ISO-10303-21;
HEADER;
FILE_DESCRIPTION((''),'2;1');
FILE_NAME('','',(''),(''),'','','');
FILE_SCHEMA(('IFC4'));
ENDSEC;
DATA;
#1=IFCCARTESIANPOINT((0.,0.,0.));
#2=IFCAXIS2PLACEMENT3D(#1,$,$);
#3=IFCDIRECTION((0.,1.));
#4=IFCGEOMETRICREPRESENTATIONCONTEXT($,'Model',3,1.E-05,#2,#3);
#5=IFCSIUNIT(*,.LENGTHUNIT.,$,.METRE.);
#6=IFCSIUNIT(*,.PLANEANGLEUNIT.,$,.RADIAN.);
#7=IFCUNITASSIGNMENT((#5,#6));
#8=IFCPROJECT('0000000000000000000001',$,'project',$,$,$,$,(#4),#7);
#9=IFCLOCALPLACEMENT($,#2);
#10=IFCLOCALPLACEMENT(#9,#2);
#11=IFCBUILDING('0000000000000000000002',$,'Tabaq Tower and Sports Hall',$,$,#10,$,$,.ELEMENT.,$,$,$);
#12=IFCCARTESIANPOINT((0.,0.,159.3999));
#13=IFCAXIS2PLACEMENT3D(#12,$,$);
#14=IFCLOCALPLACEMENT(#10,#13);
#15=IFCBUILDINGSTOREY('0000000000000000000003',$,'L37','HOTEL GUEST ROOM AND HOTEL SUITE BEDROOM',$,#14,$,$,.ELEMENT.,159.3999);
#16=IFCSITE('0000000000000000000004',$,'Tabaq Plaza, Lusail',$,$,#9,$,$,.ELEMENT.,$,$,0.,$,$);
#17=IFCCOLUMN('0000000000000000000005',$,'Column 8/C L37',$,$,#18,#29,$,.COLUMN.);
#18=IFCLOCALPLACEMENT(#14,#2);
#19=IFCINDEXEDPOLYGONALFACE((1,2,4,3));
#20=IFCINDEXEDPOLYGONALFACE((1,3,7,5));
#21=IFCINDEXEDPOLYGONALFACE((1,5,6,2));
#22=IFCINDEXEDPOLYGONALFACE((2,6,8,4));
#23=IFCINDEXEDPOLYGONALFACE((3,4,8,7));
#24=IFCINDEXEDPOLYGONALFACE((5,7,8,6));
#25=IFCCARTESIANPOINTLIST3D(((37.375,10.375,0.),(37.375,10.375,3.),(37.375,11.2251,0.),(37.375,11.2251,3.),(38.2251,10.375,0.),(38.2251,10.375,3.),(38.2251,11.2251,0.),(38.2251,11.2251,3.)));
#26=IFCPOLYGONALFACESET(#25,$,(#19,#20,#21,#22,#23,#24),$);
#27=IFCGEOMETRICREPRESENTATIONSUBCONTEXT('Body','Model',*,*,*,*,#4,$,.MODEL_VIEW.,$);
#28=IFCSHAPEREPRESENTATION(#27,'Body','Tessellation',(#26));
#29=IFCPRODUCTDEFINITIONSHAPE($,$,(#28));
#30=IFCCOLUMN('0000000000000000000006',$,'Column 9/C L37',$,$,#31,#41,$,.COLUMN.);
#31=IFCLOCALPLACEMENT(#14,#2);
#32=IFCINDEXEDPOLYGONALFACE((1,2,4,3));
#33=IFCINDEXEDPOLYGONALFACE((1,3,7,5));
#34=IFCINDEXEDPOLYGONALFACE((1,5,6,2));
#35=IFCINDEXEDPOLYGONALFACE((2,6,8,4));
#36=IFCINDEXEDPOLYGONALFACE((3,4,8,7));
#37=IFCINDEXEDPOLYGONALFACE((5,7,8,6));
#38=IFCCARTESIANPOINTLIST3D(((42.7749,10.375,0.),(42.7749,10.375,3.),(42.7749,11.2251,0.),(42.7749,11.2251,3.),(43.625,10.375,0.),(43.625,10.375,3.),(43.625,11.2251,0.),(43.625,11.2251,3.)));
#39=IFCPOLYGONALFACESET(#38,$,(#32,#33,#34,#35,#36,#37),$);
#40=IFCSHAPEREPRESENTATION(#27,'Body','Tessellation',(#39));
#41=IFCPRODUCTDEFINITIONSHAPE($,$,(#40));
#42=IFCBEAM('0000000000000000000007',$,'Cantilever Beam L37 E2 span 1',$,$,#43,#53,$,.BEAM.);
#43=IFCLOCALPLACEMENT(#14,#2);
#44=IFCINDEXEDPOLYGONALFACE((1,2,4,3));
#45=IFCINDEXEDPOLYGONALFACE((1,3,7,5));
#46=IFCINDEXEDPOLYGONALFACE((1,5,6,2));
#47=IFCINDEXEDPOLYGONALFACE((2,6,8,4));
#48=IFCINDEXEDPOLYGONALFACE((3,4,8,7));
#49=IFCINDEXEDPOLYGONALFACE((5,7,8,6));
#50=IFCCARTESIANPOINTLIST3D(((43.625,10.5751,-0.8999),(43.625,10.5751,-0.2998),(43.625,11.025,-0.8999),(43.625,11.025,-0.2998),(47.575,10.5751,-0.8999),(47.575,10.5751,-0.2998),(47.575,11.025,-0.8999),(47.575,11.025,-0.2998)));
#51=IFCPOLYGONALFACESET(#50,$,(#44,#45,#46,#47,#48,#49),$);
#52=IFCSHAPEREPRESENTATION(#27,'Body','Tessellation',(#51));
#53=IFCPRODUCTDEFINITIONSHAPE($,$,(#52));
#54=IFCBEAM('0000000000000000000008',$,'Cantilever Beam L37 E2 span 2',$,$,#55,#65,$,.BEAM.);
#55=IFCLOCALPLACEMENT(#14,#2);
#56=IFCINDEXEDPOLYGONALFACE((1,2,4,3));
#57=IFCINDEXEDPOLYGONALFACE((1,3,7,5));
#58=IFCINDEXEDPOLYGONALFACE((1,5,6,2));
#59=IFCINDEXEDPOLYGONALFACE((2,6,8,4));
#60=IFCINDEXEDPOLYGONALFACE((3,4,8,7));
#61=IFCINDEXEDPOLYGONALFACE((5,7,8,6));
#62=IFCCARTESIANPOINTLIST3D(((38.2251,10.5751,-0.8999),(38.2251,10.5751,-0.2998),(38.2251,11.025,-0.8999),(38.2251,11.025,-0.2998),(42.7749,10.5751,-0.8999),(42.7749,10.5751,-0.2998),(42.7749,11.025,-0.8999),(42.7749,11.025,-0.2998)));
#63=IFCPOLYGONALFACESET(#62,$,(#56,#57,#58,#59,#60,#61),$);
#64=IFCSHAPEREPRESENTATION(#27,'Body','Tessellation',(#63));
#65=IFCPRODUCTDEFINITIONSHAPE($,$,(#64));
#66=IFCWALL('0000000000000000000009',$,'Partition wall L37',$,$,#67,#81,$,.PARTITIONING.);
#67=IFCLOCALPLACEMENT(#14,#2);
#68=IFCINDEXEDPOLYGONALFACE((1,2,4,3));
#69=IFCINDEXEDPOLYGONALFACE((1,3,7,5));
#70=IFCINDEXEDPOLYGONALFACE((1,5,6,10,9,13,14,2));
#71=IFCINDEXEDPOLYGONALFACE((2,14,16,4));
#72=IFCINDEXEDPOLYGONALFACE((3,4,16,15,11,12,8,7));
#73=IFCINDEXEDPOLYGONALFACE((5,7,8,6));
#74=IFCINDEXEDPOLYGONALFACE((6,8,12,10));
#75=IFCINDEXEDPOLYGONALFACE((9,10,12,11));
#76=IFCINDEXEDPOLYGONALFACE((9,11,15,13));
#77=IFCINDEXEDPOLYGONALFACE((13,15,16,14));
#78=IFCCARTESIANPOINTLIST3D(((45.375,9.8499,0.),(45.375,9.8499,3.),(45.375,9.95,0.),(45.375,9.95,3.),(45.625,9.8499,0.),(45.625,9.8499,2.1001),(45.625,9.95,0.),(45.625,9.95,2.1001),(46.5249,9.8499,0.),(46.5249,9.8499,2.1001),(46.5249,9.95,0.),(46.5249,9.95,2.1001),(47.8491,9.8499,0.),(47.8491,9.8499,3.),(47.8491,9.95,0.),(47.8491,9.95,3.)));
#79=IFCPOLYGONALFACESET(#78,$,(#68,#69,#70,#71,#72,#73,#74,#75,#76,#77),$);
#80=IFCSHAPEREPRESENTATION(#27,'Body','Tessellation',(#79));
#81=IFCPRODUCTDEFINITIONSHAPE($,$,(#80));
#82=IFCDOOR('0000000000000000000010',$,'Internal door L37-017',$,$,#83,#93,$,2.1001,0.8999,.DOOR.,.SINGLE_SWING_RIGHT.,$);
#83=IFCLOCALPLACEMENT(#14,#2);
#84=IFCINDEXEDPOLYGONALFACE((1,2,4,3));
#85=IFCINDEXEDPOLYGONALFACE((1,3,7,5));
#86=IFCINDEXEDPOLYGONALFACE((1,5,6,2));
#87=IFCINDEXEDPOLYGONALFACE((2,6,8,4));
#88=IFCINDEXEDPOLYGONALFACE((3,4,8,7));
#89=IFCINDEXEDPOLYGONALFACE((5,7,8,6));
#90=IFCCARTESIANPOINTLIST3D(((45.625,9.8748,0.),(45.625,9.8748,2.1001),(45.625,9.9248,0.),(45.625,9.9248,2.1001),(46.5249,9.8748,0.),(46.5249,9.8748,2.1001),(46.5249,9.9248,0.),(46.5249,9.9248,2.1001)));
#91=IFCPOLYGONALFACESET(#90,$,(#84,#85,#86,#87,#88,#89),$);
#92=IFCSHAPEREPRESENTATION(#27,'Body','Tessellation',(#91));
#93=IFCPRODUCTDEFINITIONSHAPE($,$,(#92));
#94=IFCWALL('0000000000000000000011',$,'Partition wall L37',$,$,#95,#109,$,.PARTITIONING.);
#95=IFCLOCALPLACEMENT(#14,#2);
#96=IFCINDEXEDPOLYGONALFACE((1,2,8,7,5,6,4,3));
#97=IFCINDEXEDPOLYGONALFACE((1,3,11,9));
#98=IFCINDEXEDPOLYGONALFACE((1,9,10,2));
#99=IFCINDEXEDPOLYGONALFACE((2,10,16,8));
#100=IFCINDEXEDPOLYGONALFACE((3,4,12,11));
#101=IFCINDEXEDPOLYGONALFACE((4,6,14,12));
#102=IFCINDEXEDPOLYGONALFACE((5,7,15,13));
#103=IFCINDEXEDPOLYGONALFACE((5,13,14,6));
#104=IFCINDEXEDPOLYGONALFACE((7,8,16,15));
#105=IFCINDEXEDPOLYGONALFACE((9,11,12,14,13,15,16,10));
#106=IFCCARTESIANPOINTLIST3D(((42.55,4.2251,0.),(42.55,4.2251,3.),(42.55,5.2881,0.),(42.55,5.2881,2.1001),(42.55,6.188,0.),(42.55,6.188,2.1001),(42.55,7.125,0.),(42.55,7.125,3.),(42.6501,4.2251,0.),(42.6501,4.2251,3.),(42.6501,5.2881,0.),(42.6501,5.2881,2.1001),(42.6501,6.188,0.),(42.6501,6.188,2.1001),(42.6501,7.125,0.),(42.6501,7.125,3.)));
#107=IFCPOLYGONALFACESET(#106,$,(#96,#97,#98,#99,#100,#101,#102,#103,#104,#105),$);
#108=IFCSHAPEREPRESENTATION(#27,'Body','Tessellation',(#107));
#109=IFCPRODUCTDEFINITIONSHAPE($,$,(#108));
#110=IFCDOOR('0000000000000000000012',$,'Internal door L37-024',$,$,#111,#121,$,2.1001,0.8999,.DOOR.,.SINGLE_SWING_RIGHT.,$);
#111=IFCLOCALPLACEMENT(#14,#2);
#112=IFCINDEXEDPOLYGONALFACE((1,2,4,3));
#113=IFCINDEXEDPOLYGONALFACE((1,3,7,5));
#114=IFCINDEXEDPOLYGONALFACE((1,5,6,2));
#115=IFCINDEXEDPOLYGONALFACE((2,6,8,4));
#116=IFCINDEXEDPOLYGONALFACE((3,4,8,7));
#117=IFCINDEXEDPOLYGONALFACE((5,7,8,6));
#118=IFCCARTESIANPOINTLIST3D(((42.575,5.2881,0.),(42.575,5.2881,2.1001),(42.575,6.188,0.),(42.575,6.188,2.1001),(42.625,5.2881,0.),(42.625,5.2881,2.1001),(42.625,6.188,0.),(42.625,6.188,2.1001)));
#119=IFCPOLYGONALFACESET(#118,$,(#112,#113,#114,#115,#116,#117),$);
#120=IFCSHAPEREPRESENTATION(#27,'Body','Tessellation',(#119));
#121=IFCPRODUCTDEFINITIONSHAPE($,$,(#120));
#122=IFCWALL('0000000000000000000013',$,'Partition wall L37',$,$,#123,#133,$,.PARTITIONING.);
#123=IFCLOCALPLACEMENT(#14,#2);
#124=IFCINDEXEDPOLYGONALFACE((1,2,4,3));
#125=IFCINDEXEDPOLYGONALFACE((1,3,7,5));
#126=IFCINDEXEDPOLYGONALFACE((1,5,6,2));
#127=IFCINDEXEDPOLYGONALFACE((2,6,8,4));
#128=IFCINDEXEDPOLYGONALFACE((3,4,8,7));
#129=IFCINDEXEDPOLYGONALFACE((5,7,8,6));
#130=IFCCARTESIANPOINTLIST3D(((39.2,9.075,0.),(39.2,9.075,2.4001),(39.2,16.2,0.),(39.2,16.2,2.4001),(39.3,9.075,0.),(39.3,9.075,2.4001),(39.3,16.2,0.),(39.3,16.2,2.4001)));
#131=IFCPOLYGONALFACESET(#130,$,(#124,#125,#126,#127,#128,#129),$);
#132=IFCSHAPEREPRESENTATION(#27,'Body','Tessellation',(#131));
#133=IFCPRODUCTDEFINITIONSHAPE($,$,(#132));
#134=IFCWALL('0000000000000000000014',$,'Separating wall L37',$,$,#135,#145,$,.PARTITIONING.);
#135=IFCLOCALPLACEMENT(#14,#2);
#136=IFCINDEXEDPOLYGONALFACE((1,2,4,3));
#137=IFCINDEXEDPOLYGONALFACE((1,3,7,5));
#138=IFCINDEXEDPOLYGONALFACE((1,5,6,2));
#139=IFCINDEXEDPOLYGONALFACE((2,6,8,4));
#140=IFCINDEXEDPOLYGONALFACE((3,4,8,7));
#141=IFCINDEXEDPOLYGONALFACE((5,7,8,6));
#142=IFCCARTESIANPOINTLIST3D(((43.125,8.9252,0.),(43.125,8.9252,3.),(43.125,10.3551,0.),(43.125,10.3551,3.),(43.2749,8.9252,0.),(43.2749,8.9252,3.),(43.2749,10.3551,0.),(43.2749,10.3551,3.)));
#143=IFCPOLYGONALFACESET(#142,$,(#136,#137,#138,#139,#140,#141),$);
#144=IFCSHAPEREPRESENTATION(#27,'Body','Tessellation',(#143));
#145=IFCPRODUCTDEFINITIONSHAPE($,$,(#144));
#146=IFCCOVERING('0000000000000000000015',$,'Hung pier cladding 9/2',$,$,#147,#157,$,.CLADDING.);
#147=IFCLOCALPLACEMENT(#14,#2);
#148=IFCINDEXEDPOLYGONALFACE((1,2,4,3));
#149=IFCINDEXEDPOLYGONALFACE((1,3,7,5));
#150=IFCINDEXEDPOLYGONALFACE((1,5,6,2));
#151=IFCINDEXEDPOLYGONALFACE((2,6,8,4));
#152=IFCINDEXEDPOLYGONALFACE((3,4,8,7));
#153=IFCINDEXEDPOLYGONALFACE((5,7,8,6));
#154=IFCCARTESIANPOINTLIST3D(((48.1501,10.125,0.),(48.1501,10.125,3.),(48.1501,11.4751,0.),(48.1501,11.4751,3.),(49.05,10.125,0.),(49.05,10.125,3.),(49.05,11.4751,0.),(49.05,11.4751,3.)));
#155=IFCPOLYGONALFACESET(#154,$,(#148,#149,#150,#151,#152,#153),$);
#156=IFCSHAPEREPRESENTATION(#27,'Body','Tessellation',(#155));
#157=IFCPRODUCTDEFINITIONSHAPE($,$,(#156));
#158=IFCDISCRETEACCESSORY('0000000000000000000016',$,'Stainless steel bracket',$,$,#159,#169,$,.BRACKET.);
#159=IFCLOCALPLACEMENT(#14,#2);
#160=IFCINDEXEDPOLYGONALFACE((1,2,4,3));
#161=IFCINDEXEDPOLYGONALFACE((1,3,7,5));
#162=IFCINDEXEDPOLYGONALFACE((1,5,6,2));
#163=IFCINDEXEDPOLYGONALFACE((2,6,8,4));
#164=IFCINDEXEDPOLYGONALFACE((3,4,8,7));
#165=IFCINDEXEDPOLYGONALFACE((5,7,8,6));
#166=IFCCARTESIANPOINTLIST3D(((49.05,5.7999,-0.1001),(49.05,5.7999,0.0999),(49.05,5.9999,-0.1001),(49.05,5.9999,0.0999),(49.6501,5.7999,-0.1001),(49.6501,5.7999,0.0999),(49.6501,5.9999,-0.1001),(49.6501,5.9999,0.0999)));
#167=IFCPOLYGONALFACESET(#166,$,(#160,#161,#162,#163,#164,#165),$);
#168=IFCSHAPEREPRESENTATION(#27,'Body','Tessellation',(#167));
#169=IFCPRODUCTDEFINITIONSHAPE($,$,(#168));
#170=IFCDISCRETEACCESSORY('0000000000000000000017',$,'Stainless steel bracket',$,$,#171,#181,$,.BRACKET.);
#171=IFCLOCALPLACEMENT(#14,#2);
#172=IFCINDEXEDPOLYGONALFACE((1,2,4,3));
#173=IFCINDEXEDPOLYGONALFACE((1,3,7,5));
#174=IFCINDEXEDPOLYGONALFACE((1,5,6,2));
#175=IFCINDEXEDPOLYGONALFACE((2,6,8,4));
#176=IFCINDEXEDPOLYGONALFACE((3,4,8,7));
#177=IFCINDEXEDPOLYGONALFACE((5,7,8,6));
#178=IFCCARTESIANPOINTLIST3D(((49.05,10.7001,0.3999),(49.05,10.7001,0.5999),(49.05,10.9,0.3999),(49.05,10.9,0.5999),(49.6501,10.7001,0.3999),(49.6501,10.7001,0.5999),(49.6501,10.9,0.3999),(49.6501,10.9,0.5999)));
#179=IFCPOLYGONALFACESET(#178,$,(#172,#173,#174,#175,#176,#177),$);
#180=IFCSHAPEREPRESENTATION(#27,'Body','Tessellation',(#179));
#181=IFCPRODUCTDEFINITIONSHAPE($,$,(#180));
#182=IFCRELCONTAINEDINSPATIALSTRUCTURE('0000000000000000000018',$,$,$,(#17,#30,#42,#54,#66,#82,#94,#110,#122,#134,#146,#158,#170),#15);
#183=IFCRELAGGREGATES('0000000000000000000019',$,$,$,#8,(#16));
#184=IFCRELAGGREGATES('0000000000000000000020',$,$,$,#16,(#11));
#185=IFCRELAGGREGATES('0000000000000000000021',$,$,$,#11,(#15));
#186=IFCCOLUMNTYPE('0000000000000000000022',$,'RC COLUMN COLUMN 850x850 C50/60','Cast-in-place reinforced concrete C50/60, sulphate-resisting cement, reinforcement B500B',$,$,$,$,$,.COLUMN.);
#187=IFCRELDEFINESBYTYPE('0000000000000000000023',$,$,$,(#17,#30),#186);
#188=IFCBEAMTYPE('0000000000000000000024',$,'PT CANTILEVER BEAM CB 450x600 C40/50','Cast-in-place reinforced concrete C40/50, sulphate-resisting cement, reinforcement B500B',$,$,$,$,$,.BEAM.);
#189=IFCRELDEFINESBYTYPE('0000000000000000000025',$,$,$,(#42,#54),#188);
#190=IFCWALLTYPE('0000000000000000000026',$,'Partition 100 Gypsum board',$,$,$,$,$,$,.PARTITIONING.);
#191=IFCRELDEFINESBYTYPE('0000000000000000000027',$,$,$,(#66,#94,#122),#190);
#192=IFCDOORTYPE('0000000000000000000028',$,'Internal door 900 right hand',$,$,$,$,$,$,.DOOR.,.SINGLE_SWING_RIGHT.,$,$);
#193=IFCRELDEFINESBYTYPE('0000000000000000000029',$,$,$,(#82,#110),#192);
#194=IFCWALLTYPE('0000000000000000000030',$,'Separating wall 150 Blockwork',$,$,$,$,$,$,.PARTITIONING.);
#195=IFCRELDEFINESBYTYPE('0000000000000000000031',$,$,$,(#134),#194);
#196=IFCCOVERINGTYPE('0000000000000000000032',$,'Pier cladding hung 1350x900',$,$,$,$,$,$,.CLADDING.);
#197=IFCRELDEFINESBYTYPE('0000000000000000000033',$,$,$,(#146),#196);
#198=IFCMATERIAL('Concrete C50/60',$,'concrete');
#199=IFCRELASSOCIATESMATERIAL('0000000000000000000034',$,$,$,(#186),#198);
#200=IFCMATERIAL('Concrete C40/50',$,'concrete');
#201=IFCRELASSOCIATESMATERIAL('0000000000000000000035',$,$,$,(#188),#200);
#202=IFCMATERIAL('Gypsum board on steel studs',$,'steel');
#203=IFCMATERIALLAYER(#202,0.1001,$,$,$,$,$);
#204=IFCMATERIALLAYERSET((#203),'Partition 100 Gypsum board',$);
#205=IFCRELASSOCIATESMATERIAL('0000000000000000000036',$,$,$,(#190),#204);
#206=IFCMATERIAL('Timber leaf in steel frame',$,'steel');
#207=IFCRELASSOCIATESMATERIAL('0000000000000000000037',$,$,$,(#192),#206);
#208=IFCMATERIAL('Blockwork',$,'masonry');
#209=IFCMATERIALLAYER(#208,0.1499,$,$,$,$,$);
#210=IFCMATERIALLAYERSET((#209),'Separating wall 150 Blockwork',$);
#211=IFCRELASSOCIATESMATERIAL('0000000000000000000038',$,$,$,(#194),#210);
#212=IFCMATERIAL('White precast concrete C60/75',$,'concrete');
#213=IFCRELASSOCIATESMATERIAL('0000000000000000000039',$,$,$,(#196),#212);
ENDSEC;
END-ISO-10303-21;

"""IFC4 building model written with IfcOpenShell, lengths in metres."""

from ifc_helpers import new_model, si_unit, direction, frame, frame_2d, origin, origin_2d, place, context, subcontext, project, spatial, rectangle, extrude, material, layer, layer_set, material_profile, profile_set, type_object, element, fill, save


model = new_model("IFC4")

# Units and contexts
model_context = context("Model", 3, precision=1e-05, world=origin(), true_north=direction((0.0, 1.0)))
body_context = subcontext(model_context, "Body", "Model", "MODEL_VIEW")
ifc_project = project(units=[si_unit("LENGTHUNIT", "METRE"), si_unit("PLANEANGLEUNIT", "RADIAN")], contexts=[model_context])

# Site, building, storey
site_placement = place(None, origin())
site = spatial("IfcSite", under=ifc_project, at=site_placement, Name="Tabaq Plaza, Lusail", CompositionType="ELEMENT", RefElevation=0.0)
building_placement = place(site_placement, origin())
building = spatial("IfcBuilding", under=site, at=building_placement, Name="Tabaq Tower and Sports Hall", CompositionType="ELEMENT")
storey_placement = place(building_placement, frame((0.0, 0.0, 159.3999)))
storey = spatial("IfcBuildingStorey", under=building, at=storey_placement, Name="L37", Description="HOTEL GUEST ROOM AND HOTEL SUITE BEDROOM", CompositionType="ELEMENT", Elevation=159.3999)

# Columns
ifc_material_1 = material(Name="Concrete C50/60", Category="concrete")
ifc_material_profile_1 = material_profile(ifc_material_1, rectangle(XDim=0.8501, YDim=0.8501, at=origin_2d()), Name="COLUMN 850x850")
ifc_profile_set_1 = profile_set([ifc_material_profile_1], Name="Concrete C50/60")
column_type = type_object("IfcColumnType", Name="RC COLUMN COLUMN 850x850 C50/60", Description="Cast-in-place reinforced concrete C50/60, sulphate-resisting cement, reinforcement B500B", PredefinedType="COLUMN", material=ifc_profile_set_1)
for number, where, z_axis, x_axis, name in (
    (1, (37.8, 10.8, 0.0), (0.0, 0.0, 1.0), (1.0, 0.0, 0.0), "Column 8/C L37"),
    (2, (43.2, 10.8, 0.0), (0.0, 0.0, 1.0), (1.0, 0.0, 0.0), "Column 9/C L37"),
):
    element("IfcColumn", number, at=place(storey_placement, frame(where, z_axis=z_axis, x_axis=x_axis)), inside=storey, type_object=column_type, Name=name, PredefinedType="COLUMN", context=body_context, shape_type="SweptSolid", body=[
        extrude(rectangle(XDim=0.8501, YDim=0.8501, at=origin_2d()), origin(), (0.0, 0.0, 1.0), 3.0),
    ])

# Beams
ifc_material_2 = material(Name="Concrete C40/50", Category="concrete")
ifc_material_profile_2 = material_profile(ifc_material_2, rectangle(XDim=0.45, YDim=0.6001, at=origin_2d()), Name="CB 450x600")
ifc_profile_set_2 = profile_set([ifc_material_profile_2], Name="Concrete C40/50")
beam_type = type_object("IfcBeamType", Name="PT CANTILEVER BEAM CB 450x600 C40/50", Description="Cast-in-place reinforced concrete C40/50, sulphate-resisting cement, reinforcement B500B", PredefinedType="BEAM", material=ifc_profile_set_2)
beam_1_placement = place(storey_placement, frame((47.575, 10.8, -0.5999), z_axis=(-1.0, 0.0, 0.0), x_axis=(0.0, -1.0, 0.0)))
element("IfcBeam", 3, at=beam_1_placement, inside=storey, type_object=beam_type, Name="Cantilever Beam L37 E2 span 1", PredefinedType="BEAM", context=body_context, shape_type="SweptSolid", body=[
    extrude(rectangle(XDim=0.45, YDim=0.6001, at=origin_2d()), origin(), (0.0, 0.0, 1.0), 3.95),
])
beam_2_placement = place(storey_placement, frame((42.7749, 10.8, -0.5999), z_axis=(-1.0, 0.0, 0.0), x_axis=(0.0, -1.0, 0.0)))
element("IfcBeam", 4, at=beam_2_placement, inside=storey, type_object=beam_type, Name="Cantilever Beam L37 E2 span 2", PredefinedType="BEAM", context=body_context, shape_type="SweptSolid", body=[
    extrude(rectangle(XDim=0.45, YDim=0.6001, at=origin_2d()), origin(), (0.0, 0.0, 1.0), 4.5498),
])

# Walls, openings, doors
ifc_material_3 = material(Name="Gypsum board on steel studs", Category="steel")
ifc_layer_1 = layer(ifc_material_3, 0.1001)
ifc_layer_set_1 = layer_set([ifc_layer_1], Name="Partition 100 Gypsum board")
wall_type_1 = type_object("IfcWallType", Name="Partition 100 Gypsum board", PredefinedType="PARTITIONING", material=ifc_layer_set_1)
wall_1_placement = place(storey_placement, frame((45.375, 9.8999, 0.0), z_axis=(0.0, 0.0, 1.0), x_axis=(1.0, 0.0, 0.0)))
wall_1 = element("IfcWall", 5, at=wall_1_placement, inside=storey, type_object=wall_type_1, Name="Partition wall L37", PredefinedType="PARTITIONING", context=body_context, shape_type="SweptSolid", body=[
    extrude(rectangle(XDim=2.4741, YDim=0.1001, at=frame_2d((1.2371, 0.0))), origin(), (0.0, 0.0, 1.0), 3.0),
])
opening_1_placement = place(wall_1_placement, frame((0.25, 0.0, 0.0)))
opening_1 = element("IfcOpeningElement", 6, at=opening_1_placement, cuts=wall_1, PredefinedType="OPENING", context=body_context, shape_type="SweptSolid", body=[
    extrude(rectangle(XDim=0.8999, YDim=2.1001, at=frame_2d((0.45, 1.05))), frame((0.0, 0.05, 0.0), z_axis=(0.0, -1.0, 0.0), x_axis=(1.0, 0.0, 0.0)), (0.0, 0.0, 1.0), 0.1001),
])
ifc_material_4 = material(Name="Timber leaf in steel frame", Category="steel")
door_type = type_object("IfcDoorType", Name="Internal door 900 right hand", OperationType="SINGLE_SWING_RIGHT", PredefinedType="DOOR", material=ifc_material_4)
door_1_placement = place(opening_1_placement, origin())
door_1 = element("IfcDoor", 7, at=door_1_placement, inside=storey, type_object=door_type, Name="Internal door L37-017", OperationType="SINGLE_SWING_RIGHT", OverallHeight=2.1001, OverallWidth=0.8999, PredefinedType="DOOR", context=body_context, shape_type="SweptSolid", body=[
    extrude(rectangle(XDim=0.8999, YDim=2.1001, at=frame_2d((0.45, 1.05))), frame((0.0, 0.0249, 0.0), z_axis=(0.0, -1.0, 0.0), x_axis=(1.0, 0.0, 0.0)), (0.0, 0.0, 1.0), 0.05),
])
fill(opening_1, door_1)
wall_2_placement = place(storey_placement, frame((42.6001, 7.125, 0.0), z_axis=(0.0, 0.0, 1.0), x_axis=(0.0, -1.0, 0.0)))
wall_2 = element("IfcWall", 8, at=wall_2_placement, inside=storey, type_object=wall_type_1, Name="Partition wall L37", PredefinedType="PARTITIONING", context=body_context, shape_type="SweptSolid", body=[
    extrude(rectangle(XDim=2.8999, YDim=0.1001, at=frame_2d((1.45, 0.0))), origin(), (0.0, 0.0, 1.0), 3.0),
])
opening_2_placement = place(wall_2_placement, frame((0.937, 0.0, 0.0)))
opening_2 = element("IfcOpeningElement", 9, at=opening_2_placement, cuts=wall_2, PredefinedType="OPENING", context=body_context, shape_type="SweptSolid", body=[
    extrude(rectangle(XDim=0.8999, YDim=2.1001, at=frame_2d((0.45, 1.05))), frame((0.0, 0.05, 0.0), z_axis=(0.0, -1.0, 0.0), x_axis=(1.0, 0.0, 0.0)), (0.0, 0.0, 1.0), 0.1001),
])
door_2_placement = place(opening_2_placement, origin())
door_2 = element("IfcDoor", 10, at=door_2_placement, inside=storey, type_object=door_type, Name="Internal door L37-024", OperationType="SINGLE_SWING_RIGHT", OverallHeight=2.1001, OverallWidth=0.8999, PredefinedType="DOOR", context=body_context, shape_type="SweptSolid", body=[
    extrude(rectangle(XDim=0.8999, YDim=2.1001, at=frame_2d((0.45, 1.05))), frame((0.0, 0.0249, 0.0), z_axis=(0.0, -1.0, 0.0), x_axis=(1.0, 0.0, 0.0)), (0.0, 0.0, 1.0), 0.05),
])
fill(opening_2, door_2)

# Walls
wall_3_placement = place(storey_placement, frame((39.25, 9.075, 0.0), z_axis=(0.0, 0.0, 1.0), x_axis=(0.0, 1.0, 0.0)))
element("IfcWall", 11, at=wall_3_placement, inside=storey, type_object=wall_type_1, Name="Partition wall L37", PredefinedType="PARTITIONING", context=body_context, shape_type="SweptSolid", body=[
    extrude(rectangle(XDim=7.125, YDim=0.1001, at=frame_2d((3.5625, 0.0))), origin(), (0.0, 0.0, 1.0), 2.4001),
])
ifc_material_5 = material(Name="Blockwork", Category="masonry")
ifc_layer_2 = layer(ifc_material_5, 0.1499)
ifc_layer_set_2 = layer_set([ifc_layer_2], Name="Separating wall 150 Blockwork")
wall_type_2 = type_object("IfcWallType", Name="Separating wall 150 Blockwork", PredefinedType="PARTITIONING", material=ifc_layer_set_2)
wall_4_placement = place(storey_placement, frame((43.2, 10.355, 0.0), z_axis=(0.0, 0.0, 1.0), x_axis=(0.0, -1.0, 0.0)))
element("IfcWall", 12, at=wall_4_placement, inside=storey, type_object=wall_type_2, Name="Separating wall L37", PredefinedType="PARTITIONING", context=body_context, shape_type="SweptSolid", body=[
    extrude(rectangle(XDim=1.4299, YDim=0.1499, at=frame_2d((0.7148, 0.0))), origin(), (0.0, 0.0, 1.0), 3.0),
])

# Covering
ifc_material_6 = material(Name="White precast concrete C60/75", Category="concrete")
covering_type = type_object("IfcCoveringType", Name="Pier cladding hung 1350x900", PredefinedType="CLADDING", material=ifc_material_6)
covering_placement = place(storey_placement, frame((48.6001, 10.125, 0.0), z_axis=(0.0, 0.0, 1.0), x_axis=(0.0, 1.0, 0.0)))
element("IfcCovering", 13, at=covering_placement, inside=storey, type_object=covering_type, Name="Hung pier cladding 9/2", PredefinedType="CLADDING", context=body_context, shape_type="SweptSolid", body=[
    extrude(rectangle(XDim=1.3501, YDim=0.8999, at=frame_2d((0.675, 0.0))), origin(), (0.0, 0.0, 1.0), 3.0),
])

# Discrete accessories
for number, where, z_axis, x_axis, name in (
    (14, (49.3501, 5.8999, -0.1001), (0.0, 0.0, 1.0), (1.0, 0.0, 0.0), "Stainless steel bracket"),
    (15, (49.3501, 10.8, 0.3999), (0.0, 0.0, 1.0), (1.0, 0.0, 0.0), "Stainless steel bracket"),
):
    element("IfcDiscreteAccessory", number, at=place(storey_placement, frame(where, z_axis=z_axis, x_axis=x_axis)), inside=storey, Name=name, PredefinedType="BRACKET", context=body_context, shape_type="SweptSolid", body=[
        extrude(rectangle(XDim=0.6001, YDim=0.2, at=origin_2d()), origin(), (0.0, 0.0, 1.0), 0.2),
    ])

save(model, "model.ifc")
